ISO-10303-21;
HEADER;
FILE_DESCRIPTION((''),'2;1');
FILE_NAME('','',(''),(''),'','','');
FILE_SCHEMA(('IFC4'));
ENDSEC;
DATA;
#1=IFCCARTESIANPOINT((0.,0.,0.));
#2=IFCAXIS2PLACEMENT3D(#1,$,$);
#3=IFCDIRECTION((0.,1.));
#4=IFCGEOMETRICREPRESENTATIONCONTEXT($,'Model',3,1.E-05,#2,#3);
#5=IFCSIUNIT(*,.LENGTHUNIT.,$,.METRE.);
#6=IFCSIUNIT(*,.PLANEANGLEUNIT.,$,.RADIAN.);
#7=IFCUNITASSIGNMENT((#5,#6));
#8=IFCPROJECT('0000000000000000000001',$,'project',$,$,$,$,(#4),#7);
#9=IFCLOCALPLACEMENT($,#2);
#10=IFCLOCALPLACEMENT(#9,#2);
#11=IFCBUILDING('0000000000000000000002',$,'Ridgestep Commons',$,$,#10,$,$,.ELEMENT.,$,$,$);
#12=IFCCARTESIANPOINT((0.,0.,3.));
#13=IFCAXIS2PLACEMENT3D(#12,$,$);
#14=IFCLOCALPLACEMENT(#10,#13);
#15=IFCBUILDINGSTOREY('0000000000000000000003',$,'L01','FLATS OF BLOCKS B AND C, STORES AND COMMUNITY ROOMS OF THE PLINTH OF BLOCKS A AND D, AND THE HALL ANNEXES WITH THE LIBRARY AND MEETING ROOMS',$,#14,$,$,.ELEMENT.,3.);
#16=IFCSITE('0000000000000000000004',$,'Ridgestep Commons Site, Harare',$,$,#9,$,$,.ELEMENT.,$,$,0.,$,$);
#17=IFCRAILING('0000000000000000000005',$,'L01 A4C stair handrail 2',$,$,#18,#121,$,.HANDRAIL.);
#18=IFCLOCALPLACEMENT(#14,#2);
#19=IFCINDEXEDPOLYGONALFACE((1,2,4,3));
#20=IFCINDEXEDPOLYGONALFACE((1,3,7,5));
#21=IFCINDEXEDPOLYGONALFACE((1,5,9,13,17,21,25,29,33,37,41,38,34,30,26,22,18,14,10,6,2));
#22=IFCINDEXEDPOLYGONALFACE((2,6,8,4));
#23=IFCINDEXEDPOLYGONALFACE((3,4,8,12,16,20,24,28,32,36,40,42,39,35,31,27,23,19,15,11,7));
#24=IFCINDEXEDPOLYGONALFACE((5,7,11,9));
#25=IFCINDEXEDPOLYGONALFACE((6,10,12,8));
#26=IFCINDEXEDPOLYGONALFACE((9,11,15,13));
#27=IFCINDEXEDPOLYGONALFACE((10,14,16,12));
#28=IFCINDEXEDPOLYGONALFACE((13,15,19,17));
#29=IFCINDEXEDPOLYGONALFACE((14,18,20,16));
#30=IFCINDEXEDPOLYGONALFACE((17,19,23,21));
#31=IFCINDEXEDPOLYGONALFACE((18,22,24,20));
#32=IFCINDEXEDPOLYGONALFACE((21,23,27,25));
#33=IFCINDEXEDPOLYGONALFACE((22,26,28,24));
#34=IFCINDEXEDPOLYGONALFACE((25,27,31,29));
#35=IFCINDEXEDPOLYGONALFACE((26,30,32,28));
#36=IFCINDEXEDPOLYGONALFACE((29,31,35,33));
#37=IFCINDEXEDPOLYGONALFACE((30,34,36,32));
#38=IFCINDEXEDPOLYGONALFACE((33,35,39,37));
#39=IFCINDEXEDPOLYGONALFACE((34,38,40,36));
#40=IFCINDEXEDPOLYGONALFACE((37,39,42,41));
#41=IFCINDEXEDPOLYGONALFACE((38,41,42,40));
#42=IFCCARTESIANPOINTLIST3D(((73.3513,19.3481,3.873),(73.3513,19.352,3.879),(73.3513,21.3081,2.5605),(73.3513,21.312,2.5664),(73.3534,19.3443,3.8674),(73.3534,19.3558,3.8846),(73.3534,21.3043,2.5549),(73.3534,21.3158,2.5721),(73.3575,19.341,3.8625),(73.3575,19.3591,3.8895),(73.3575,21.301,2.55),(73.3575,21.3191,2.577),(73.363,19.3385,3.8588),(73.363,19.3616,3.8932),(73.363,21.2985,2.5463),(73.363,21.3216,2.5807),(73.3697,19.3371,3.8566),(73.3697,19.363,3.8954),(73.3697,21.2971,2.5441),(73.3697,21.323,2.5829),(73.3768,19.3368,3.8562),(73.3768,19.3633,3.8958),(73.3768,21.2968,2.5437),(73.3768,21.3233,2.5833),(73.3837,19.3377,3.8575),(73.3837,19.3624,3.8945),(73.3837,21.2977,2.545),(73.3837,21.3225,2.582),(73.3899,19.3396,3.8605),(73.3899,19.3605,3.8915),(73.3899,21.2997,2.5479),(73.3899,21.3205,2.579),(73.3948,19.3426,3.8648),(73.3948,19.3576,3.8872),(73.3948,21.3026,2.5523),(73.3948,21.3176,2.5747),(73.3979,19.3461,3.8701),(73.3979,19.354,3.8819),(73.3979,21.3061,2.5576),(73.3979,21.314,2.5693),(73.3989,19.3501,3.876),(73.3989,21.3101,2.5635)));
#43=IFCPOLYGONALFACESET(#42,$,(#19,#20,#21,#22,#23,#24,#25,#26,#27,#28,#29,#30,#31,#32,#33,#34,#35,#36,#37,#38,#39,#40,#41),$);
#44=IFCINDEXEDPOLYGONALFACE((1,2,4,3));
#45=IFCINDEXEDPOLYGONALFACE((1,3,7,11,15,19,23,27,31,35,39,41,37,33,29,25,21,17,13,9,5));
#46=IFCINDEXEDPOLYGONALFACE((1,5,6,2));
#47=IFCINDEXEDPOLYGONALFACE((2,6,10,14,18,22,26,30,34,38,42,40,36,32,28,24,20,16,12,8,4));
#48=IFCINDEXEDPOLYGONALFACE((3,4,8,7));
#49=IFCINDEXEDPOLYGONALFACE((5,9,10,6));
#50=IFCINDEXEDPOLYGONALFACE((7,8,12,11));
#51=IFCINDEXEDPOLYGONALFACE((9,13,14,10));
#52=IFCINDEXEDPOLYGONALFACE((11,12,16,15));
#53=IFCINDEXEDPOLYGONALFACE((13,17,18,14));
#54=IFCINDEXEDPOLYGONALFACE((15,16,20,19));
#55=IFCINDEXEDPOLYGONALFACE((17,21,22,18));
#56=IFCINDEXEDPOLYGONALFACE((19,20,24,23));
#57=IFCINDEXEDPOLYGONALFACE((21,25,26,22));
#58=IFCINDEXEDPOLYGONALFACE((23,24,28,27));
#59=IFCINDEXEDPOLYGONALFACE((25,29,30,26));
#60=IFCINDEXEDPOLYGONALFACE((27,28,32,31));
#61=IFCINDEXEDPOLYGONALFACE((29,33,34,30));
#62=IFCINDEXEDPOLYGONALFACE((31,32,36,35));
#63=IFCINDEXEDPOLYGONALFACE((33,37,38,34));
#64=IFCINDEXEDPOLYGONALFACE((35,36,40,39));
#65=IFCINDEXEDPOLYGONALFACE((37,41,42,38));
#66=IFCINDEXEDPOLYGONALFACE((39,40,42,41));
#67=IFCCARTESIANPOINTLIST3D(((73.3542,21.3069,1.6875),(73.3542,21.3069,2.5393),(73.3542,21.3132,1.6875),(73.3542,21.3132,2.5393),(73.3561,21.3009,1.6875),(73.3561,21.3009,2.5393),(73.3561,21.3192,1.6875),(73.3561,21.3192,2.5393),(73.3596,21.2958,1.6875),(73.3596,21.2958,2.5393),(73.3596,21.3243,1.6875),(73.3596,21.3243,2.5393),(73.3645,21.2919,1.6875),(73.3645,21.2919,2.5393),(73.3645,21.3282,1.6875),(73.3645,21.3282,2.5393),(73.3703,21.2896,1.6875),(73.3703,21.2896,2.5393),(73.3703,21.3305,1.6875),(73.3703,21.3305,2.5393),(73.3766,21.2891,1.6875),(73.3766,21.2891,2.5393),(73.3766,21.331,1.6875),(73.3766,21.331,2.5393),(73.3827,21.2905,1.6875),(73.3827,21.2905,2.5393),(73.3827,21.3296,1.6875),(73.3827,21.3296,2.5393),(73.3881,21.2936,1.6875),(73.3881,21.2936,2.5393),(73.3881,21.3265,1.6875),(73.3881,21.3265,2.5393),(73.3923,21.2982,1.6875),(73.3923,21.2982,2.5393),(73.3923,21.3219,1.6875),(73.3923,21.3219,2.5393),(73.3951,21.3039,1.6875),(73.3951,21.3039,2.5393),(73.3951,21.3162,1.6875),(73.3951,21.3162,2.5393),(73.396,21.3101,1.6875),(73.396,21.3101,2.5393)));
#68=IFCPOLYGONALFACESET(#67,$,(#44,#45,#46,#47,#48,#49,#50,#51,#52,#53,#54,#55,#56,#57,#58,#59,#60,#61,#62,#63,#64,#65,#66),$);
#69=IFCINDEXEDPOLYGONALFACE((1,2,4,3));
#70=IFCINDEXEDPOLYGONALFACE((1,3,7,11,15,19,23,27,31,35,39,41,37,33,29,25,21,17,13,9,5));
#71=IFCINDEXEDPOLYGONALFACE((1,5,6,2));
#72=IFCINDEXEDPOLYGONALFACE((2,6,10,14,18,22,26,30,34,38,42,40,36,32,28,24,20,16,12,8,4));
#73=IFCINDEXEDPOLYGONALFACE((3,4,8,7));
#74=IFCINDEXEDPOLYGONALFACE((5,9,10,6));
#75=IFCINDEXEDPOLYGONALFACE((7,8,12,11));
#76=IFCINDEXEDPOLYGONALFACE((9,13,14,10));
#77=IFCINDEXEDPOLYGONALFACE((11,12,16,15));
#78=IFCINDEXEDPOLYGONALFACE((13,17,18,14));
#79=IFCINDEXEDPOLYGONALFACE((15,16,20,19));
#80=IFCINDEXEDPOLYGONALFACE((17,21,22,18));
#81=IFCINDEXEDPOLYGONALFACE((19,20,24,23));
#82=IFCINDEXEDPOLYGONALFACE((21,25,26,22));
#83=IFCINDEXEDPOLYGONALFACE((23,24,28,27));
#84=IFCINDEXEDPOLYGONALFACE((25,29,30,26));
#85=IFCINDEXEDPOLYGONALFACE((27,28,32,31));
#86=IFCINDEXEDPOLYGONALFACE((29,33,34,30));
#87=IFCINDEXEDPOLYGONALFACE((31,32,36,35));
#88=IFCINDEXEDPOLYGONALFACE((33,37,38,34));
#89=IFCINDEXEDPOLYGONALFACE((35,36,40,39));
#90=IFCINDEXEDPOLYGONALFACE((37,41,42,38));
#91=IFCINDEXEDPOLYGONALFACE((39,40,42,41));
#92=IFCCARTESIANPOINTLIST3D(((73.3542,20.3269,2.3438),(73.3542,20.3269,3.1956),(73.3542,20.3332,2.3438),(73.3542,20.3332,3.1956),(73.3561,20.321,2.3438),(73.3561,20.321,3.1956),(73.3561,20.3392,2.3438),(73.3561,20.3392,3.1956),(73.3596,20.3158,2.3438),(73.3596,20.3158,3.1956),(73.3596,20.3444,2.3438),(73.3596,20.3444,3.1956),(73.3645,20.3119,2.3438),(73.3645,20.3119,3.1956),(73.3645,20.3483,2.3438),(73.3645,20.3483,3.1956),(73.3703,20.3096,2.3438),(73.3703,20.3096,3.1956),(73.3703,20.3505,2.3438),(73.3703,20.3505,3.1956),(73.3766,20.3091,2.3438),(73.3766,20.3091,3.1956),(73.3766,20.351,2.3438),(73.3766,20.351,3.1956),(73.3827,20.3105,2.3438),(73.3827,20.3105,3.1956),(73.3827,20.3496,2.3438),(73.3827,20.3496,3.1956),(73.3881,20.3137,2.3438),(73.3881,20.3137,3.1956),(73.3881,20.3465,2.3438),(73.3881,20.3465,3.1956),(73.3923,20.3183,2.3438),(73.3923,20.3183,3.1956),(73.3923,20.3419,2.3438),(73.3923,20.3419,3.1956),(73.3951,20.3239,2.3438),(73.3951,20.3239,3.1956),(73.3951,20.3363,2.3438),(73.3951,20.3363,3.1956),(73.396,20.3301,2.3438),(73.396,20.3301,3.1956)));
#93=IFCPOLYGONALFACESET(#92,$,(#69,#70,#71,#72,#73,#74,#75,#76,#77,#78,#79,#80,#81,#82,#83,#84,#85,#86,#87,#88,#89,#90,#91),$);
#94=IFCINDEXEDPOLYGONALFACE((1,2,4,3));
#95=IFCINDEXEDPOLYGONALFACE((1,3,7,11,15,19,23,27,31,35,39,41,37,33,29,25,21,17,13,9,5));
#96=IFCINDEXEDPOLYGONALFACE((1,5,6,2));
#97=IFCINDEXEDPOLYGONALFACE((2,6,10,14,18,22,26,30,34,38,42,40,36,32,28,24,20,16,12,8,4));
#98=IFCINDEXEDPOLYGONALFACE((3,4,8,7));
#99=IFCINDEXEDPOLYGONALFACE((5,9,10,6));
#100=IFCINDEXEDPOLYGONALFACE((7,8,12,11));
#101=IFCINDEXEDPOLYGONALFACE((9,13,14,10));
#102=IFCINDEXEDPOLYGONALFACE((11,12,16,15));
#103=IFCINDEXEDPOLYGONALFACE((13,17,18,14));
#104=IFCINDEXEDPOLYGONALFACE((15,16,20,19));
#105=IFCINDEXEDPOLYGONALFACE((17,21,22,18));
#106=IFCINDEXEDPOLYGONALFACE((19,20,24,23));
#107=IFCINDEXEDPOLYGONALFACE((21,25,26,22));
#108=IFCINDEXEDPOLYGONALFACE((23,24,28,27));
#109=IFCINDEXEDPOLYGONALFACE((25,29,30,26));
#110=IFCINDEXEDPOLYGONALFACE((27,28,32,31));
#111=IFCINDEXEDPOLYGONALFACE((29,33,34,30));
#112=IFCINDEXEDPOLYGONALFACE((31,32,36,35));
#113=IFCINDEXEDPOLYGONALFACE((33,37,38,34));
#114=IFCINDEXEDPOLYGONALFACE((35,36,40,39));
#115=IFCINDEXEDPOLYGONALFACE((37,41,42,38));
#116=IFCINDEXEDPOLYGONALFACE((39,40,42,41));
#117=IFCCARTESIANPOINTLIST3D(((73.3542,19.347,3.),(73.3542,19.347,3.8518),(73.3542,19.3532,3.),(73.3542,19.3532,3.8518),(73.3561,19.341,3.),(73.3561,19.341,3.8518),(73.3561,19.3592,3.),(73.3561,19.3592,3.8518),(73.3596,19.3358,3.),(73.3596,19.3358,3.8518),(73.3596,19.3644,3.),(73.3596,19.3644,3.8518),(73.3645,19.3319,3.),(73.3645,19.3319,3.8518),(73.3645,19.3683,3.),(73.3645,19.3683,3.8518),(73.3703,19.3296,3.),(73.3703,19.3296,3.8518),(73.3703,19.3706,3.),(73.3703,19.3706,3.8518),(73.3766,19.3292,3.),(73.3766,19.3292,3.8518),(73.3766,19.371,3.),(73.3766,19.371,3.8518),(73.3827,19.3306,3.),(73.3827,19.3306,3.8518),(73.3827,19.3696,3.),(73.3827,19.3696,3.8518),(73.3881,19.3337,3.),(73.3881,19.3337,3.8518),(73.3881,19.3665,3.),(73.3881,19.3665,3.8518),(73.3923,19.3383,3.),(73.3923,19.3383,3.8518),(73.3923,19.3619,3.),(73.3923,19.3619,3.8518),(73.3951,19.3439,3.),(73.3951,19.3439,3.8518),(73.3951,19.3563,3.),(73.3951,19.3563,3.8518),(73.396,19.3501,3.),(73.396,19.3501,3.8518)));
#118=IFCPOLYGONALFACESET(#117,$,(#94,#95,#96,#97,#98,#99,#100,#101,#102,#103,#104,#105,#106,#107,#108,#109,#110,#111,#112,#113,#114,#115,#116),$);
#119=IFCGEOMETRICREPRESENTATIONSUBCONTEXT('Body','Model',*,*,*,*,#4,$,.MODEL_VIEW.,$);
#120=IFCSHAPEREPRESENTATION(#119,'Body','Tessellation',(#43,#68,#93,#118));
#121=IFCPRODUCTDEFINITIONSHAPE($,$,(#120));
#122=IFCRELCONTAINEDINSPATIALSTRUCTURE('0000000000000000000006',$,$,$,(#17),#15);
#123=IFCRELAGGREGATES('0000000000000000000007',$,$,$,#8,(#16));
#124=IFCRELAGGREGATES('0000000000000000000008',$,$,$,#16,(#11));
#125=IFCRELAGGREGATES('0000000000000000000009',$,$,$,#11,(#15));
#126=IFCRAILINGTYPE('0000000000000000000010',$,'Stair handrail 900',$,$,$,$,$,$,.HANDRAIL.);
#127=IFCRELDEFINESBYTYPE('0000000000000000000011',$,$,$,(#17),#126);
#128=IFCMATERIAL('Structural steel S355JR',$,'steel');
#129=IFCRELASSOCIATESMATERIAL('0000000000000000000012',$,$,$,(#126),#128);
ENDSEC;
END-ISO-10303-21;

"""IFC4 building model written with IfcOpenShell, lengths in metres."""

from ifc_helpers import new_model, si_unit, direction, frame, origin, origin_2d, place, context, subcontext, project, spatial, circle, extrude, material, type_object, element, save


model = new_model("IFC4")

# Units and contexts
model_context = context("Model", 3, precision=1e-05, world=origin(), true_north=direction((0.0, 1.0)))
body_context = subcontext(model_context, "Body", "Model", "MODEL_VIEW")
ifc_project = project(units=[si_unit("LENGTHUNIT", "METRE"), si_unit("PLANEANGLEUNIT", "RADIAN")], contexts=[model_context])

# Site, building, storey
site_placement = place(None, origin())
site = spatial("IfcSite", under=ifc_project, at=site_placement, Name="Ridgestep Commons Site, Harare", CompositionType="ELEMENT", RefElevation=0.0)
building_placement = place(site_placement, origin())
building = spatial("IfcBuilding", under=site, at=building_placement, Name="Ridgestep Commons", CompositionType="ELEMENT")
storey_placement = place(building_placement, frame((0.0, 0.0, 3.0)))
storey = spatial("IfcBuildingStorey", under=building, at=storey_placement, Name="L01", Description="FLATS OF BLOCKS B AND C, STORES AND COMMUNITY ROOMS OF THE PLINTH OF BLOCKS A AND D, AND THE HALL ANNEXES WITH THE LIBRARY AND MEETING ROOMS", CompositionType="ELEMENT", Elevation=3.0)

# Railing
ifc_material_1 = material(Name="Structural steel S355JR", Category="steel")
railing_type_1 = type_object("IfcRailingType", Name="Stair handrail 900", PredefinedType="HANDRAIL", material=ifc_material_1)
railing_1_placement = place(storey_placement, frame((73.375, 21.3101, 1.6875)))
element("IfcRailing", 1, at=railing_1_placement, inside=storey, type_object=railing_type_1, Name="L01 A4C stair handrail 2", PredefinedType="HANDRAIL", context=body_context, shape_type="SweptSolid", body=[
    extrude(circle(Radius=0.0239, at=origin_2d()), frame((0.0, 0.0, 0.876), z_axis=(0.0, -0.830902, 0.556419), x_axis=(1.0, 0.0, 0.0)), (0.0, 0.0, 1.0), 2.3589),
    extrude(circle(Radius=0.021, at=origin_2d()), origin(), (0.0, 0.0, 1.0), 0.8518),
    extrude(circle(Radius=0.021, at=origin_2d()), frame((0.0, -0.98, 0.6562)), (0.0, 0.0, 1.0), 0.8518),
    extrude(circle(Radius=0.021, at=origin_2d()), frame((0.0, -1.96, 1.3125)), (0.0, 0.0, 1.0), 0.8518),
])

save(model, "model.ifc")
